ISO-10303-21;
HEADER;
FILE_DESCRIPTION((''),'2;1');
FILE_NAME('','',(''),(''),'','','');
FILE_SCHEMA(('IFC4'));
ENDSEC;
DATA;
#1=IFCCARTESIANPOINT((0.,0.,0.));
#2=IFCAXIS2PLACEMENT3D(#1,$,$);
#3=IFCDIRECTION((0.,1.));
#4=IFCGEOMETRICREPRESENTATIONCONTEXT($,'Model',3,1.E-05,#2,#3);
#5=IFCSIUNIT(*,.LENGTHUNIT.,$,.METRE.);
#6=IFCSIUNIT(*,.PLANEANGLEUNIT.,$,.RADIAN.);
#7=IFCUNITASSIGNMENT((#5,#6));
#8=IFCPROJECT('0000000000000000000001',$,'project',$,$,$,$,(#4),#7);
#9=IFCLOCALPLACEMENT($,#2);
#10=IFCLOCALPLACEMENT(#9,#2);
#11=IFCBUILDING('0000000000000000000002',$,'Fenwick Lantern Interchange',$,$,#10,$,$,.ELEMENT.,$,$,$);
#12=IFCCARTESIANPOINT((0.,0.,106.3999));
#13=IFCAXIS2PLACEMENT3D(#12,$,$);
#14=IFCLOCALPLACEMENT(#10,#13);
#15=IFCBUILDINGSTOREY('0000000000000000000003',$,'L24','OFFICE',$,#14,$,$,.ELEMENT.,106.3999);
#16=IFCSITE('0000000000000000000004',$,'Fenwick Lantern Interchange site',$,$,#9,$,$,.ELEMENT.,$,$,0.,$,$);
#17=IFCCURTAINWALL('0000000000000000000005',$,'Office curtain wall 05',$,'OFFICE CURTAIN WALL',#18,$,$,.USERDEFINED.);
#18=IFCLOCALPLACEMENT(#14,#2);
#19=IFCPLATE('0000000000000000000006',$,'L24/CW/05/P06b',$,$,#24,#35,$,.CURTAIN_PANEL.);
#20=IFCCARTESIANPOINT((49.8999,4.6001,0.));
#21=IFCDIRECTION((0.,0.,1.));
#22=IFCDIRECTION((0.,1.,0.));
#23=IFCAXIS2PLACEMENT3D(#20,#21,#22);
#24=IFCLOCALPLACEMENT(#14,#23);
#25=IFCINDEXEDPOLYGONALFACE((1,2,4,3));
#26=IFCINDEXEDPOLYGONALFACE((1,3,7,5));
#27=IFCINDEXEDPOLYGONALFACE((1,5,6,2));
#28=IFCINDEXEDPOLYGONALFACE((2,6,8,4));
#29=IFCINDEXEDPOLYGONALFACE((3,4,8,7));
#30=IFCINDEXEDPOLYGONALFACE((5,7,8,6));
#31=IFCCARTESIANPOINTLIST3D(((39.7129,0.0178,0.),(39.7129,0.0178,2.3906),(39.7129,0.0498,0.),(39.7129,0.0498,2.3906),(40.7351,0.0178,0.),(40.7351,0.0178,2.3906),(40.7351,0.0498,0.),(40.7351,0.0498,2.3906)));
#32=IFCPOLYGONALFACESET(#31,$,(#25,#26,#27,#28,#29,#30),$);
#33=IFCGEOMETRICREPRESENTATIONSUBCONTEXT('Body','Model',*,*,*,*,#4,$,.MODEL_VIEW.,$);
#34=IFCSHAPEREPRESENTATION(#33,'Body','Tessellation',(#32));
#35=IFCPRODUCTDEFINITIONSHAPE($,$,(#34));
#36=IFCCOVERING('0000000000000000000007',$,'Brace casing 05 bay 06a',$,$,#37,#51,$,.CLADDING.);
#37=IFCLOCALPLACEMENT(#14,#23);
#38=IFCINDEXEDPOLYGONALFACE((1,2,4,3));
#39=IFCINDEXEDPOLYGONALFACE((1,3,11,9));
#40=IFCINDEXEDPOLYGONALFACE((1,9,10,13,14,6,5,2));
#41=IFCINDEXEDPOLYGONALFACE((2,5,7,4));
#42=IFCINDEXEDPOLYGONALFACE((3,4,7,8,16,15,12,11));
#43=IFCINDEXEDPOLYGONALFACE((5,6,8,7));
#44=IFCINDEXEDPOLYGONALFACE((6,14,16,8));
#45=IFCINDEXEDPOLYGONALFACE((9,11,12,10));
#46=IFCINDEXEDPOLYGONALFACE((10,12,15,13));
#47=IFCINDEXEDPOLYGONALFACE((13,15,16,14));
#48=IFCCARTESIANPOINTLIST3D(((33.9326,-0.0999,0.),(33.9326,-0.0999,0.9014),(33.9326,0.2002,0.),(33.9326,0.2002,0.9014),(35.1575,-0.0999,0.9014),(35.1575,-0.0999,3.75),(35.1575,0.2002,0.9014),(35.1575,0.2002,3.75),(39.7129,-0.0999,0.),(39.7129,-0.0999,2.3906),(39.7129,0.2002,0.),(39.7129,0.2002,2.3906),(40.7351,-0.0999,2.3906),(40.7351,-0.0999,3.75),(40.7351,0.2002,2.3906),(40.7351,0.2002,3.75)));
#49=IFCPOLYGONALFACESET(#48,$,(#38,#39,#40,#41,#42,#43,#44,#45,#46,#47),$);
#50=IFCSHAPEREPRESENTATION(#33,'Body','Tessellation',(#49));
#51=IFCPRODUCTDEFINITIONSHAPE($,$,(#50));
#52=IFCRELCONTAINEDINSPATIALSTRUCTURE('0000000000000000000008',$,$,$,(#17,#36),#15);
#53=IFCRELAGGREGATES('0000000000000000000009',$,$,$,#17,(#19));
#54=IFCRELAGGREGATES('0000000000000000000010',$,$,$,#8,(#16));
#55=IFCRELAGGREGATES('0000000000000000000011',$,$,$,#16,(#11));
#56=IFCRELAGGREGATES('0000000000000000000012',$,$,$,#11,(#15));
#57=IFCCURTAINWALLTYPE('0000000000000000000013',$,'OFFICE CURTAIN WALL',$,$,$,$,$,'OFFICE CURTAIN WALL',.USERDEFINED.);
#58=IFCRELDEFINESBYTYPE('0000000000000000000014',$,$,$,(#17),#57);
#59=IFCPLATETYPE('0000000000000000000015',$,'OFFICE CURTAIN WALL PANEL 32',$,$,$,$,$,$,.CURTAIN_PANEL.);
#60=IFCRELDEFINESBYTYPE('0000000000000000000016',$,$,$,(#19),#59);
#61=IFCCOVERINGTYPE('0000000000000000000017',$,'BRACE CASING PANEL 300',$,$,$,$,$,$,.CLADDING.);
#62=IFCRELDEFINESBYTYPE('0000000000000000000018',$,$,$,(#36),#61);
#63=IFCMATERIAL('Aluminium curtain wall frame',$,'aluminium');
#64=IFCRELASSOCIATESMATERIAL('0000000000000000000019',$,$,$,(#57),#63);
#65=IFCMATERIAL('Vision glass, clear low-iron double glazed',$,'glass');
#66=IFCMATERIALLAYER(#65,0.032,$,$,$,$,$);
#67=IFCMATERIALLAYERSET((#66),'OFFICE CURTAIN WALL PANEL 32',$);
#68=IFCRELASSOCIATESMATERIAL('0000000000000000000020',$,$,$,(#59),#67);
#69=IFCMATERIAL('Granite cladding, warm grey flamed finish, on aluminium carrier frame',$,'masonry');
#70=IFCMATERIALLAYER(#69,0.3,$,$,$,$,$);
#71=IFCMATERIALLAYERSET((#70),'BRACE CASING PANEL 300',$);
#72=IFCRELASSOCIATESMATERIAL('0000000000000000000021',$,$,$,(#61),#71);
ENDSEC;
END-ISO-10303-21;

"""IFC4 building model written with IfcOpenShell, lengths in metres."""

from ifc_helpers import new_model, si_unit, direction, frame, origin, place, context, subcontext, project, spatial, polyline, outline, extrude, material, layer, layer_set, type_object, element, aggregate, save


model = new_model("IFC4")

# Units and contexts
model_context = context("Model", 3, precision=1e-05, world=origin(), true_north=direction((0.0, 1.0)))
body_context = subcontext(model_context, "Body", "Model", "MODEL_VIEW")
ifc_project = project(units=[si_unit("LENGTHUNIT", "METRE"), si_unit("PLANEANGLEUNIT", "RADIAN")], contexts=[model_context])

# Site, building, storey
site_placement = place(None, origin())
site = spatial("IfcSite", under=ifc_project, at=site_placement, Name="Fenwick Lantern Interchange site", CompositionType="ELEMENT", RefElevation=0.0)
building_placement = place(site_placement, origin())
building = spatial("IfcBuilding", under=site, at=building_placement, Name="Fenwick Lantern Interchange", CompositionType="ELEMENT")
storey_placement = place(building_placement, frame((0.0, 0.0, 106.3999)))
storey = spatial("IfcBuildingStorey", under=building, at=storey_placement, Name="L24", Description="OFFICE", CompositionType="ELEMENT", Elevation=106.3999)

# Curtain wall, plate
ifc_material_1 = material(Name="Aluminium curtain wall frame", Category="aluminium")
curtain_wall_type = type_object("IfcCurtainWallType", Name="OFFICE CURTAIN WALL", ElementType="OFFICE CURTAIN WALL", PredefinedType="USERDEFINED", material=ifc_material_1)
curtain_wall_placement = place(storey_placement, origin())
curtain_wall = element("IfcCurtainWall", 1, at=curtain_wall_placement, inside=storey, type_object=curtain_wall_type, Name="Office curtain wall 05", ObjectType="OFFICE CURTAIN WALL", PredefinedType="USERDEFINED")
ifc_material_2 = material(Name="Vision glass, clear low-iron double glazed", Category="glass")
ifc_layer_1 = layer(ifc_material_2, 0.032)
ifc_layer_set_1 = layer_set([ifc_layer_1], Name="OFFICE CURTAIN WALL PANEL 32")
plate_type = type_object("IfcPlateType", Name="OFFICE CURTAIN WALL PANEL 32", PredefinedType="CURTAIN_PANEL", material=ifc_layer_set_1)
plate_placement = place(storey_placement, frame((49.8999, 4.6001, 0.0), z_axis=(0.0, 0.0, 1.0), x_axis=(0.0, 1.0, 0.0)))
plate = element("IfcPlate", 2, at=plate_placement, type_object=plate_type, Name="L24/CW/05/P06b", PredefinedType="CURTAIN_PANEL", context=body_context, shape_type="SweptSolid", body=[
    extrude(outline(polyline([(39.7129, 0.0), (40.7351, 0.0), (40.7351, 2.3906), (39.7129, 2.3906), (39.7129, 0.0)])), frame((0.0, 0.0498, 0.0), z_axis=(0.0, -1.0, 0.0), x_axis=(1.0, 0.0, 0.0)), (0.0, 0.0, 1.0), 0.032),
])
aggregate(curtain_wall, [plate])

# Covering
ifc_material_3 = material(Name="Granite cladding, warm grey flamed finish, on aluminium carrier frame", Category="masonry")
ifc_layer_2 = layer(ifc_material_3, 0.3)
ifc_layer_set_2 = layer_set([ifc_layer_2], Name="BRACE CASING PANEL 300")
covering_type = type_object("IfcCoveringType", Name="BRACE CASING PANEL 300", PredefinedType="CLADDING", material=ifc_layer_set_2)
covering_placement = place(storey_placement, frame((49.8999, 4.6001, 0.0), z_axis=(0.0, 0.0, 1.0), x_axis=(0.0, 1.0, 0.0)))
element("IfcCovering", 3, at=covering_placement, inside=storey, type_object=covering_type, Name="Brace casing 05 bay 06a", PredefinedType="CLADDING", context=body_context, shape_type="SweptSolid", body=[
    extrude(outline(polyline([(33.9326, 0.0), (39.7129, 0.0), (39.7129, 2.3906), (40.7351, 2.3906), (40.7351, 3.75), (35.1575, 3.75), (35.1575, 0.9014), (33.9326, 0.9014), (33.9326, 0.0)])), frame((0.0, 0.2002, 0.0), z_axis=(0.0, -1.0, 0.0), x_axis=(1.0, 0.0, 0.0)), (0.0, 0.0, 1.0), 0.3),
])

save(model, "model.ifc")
